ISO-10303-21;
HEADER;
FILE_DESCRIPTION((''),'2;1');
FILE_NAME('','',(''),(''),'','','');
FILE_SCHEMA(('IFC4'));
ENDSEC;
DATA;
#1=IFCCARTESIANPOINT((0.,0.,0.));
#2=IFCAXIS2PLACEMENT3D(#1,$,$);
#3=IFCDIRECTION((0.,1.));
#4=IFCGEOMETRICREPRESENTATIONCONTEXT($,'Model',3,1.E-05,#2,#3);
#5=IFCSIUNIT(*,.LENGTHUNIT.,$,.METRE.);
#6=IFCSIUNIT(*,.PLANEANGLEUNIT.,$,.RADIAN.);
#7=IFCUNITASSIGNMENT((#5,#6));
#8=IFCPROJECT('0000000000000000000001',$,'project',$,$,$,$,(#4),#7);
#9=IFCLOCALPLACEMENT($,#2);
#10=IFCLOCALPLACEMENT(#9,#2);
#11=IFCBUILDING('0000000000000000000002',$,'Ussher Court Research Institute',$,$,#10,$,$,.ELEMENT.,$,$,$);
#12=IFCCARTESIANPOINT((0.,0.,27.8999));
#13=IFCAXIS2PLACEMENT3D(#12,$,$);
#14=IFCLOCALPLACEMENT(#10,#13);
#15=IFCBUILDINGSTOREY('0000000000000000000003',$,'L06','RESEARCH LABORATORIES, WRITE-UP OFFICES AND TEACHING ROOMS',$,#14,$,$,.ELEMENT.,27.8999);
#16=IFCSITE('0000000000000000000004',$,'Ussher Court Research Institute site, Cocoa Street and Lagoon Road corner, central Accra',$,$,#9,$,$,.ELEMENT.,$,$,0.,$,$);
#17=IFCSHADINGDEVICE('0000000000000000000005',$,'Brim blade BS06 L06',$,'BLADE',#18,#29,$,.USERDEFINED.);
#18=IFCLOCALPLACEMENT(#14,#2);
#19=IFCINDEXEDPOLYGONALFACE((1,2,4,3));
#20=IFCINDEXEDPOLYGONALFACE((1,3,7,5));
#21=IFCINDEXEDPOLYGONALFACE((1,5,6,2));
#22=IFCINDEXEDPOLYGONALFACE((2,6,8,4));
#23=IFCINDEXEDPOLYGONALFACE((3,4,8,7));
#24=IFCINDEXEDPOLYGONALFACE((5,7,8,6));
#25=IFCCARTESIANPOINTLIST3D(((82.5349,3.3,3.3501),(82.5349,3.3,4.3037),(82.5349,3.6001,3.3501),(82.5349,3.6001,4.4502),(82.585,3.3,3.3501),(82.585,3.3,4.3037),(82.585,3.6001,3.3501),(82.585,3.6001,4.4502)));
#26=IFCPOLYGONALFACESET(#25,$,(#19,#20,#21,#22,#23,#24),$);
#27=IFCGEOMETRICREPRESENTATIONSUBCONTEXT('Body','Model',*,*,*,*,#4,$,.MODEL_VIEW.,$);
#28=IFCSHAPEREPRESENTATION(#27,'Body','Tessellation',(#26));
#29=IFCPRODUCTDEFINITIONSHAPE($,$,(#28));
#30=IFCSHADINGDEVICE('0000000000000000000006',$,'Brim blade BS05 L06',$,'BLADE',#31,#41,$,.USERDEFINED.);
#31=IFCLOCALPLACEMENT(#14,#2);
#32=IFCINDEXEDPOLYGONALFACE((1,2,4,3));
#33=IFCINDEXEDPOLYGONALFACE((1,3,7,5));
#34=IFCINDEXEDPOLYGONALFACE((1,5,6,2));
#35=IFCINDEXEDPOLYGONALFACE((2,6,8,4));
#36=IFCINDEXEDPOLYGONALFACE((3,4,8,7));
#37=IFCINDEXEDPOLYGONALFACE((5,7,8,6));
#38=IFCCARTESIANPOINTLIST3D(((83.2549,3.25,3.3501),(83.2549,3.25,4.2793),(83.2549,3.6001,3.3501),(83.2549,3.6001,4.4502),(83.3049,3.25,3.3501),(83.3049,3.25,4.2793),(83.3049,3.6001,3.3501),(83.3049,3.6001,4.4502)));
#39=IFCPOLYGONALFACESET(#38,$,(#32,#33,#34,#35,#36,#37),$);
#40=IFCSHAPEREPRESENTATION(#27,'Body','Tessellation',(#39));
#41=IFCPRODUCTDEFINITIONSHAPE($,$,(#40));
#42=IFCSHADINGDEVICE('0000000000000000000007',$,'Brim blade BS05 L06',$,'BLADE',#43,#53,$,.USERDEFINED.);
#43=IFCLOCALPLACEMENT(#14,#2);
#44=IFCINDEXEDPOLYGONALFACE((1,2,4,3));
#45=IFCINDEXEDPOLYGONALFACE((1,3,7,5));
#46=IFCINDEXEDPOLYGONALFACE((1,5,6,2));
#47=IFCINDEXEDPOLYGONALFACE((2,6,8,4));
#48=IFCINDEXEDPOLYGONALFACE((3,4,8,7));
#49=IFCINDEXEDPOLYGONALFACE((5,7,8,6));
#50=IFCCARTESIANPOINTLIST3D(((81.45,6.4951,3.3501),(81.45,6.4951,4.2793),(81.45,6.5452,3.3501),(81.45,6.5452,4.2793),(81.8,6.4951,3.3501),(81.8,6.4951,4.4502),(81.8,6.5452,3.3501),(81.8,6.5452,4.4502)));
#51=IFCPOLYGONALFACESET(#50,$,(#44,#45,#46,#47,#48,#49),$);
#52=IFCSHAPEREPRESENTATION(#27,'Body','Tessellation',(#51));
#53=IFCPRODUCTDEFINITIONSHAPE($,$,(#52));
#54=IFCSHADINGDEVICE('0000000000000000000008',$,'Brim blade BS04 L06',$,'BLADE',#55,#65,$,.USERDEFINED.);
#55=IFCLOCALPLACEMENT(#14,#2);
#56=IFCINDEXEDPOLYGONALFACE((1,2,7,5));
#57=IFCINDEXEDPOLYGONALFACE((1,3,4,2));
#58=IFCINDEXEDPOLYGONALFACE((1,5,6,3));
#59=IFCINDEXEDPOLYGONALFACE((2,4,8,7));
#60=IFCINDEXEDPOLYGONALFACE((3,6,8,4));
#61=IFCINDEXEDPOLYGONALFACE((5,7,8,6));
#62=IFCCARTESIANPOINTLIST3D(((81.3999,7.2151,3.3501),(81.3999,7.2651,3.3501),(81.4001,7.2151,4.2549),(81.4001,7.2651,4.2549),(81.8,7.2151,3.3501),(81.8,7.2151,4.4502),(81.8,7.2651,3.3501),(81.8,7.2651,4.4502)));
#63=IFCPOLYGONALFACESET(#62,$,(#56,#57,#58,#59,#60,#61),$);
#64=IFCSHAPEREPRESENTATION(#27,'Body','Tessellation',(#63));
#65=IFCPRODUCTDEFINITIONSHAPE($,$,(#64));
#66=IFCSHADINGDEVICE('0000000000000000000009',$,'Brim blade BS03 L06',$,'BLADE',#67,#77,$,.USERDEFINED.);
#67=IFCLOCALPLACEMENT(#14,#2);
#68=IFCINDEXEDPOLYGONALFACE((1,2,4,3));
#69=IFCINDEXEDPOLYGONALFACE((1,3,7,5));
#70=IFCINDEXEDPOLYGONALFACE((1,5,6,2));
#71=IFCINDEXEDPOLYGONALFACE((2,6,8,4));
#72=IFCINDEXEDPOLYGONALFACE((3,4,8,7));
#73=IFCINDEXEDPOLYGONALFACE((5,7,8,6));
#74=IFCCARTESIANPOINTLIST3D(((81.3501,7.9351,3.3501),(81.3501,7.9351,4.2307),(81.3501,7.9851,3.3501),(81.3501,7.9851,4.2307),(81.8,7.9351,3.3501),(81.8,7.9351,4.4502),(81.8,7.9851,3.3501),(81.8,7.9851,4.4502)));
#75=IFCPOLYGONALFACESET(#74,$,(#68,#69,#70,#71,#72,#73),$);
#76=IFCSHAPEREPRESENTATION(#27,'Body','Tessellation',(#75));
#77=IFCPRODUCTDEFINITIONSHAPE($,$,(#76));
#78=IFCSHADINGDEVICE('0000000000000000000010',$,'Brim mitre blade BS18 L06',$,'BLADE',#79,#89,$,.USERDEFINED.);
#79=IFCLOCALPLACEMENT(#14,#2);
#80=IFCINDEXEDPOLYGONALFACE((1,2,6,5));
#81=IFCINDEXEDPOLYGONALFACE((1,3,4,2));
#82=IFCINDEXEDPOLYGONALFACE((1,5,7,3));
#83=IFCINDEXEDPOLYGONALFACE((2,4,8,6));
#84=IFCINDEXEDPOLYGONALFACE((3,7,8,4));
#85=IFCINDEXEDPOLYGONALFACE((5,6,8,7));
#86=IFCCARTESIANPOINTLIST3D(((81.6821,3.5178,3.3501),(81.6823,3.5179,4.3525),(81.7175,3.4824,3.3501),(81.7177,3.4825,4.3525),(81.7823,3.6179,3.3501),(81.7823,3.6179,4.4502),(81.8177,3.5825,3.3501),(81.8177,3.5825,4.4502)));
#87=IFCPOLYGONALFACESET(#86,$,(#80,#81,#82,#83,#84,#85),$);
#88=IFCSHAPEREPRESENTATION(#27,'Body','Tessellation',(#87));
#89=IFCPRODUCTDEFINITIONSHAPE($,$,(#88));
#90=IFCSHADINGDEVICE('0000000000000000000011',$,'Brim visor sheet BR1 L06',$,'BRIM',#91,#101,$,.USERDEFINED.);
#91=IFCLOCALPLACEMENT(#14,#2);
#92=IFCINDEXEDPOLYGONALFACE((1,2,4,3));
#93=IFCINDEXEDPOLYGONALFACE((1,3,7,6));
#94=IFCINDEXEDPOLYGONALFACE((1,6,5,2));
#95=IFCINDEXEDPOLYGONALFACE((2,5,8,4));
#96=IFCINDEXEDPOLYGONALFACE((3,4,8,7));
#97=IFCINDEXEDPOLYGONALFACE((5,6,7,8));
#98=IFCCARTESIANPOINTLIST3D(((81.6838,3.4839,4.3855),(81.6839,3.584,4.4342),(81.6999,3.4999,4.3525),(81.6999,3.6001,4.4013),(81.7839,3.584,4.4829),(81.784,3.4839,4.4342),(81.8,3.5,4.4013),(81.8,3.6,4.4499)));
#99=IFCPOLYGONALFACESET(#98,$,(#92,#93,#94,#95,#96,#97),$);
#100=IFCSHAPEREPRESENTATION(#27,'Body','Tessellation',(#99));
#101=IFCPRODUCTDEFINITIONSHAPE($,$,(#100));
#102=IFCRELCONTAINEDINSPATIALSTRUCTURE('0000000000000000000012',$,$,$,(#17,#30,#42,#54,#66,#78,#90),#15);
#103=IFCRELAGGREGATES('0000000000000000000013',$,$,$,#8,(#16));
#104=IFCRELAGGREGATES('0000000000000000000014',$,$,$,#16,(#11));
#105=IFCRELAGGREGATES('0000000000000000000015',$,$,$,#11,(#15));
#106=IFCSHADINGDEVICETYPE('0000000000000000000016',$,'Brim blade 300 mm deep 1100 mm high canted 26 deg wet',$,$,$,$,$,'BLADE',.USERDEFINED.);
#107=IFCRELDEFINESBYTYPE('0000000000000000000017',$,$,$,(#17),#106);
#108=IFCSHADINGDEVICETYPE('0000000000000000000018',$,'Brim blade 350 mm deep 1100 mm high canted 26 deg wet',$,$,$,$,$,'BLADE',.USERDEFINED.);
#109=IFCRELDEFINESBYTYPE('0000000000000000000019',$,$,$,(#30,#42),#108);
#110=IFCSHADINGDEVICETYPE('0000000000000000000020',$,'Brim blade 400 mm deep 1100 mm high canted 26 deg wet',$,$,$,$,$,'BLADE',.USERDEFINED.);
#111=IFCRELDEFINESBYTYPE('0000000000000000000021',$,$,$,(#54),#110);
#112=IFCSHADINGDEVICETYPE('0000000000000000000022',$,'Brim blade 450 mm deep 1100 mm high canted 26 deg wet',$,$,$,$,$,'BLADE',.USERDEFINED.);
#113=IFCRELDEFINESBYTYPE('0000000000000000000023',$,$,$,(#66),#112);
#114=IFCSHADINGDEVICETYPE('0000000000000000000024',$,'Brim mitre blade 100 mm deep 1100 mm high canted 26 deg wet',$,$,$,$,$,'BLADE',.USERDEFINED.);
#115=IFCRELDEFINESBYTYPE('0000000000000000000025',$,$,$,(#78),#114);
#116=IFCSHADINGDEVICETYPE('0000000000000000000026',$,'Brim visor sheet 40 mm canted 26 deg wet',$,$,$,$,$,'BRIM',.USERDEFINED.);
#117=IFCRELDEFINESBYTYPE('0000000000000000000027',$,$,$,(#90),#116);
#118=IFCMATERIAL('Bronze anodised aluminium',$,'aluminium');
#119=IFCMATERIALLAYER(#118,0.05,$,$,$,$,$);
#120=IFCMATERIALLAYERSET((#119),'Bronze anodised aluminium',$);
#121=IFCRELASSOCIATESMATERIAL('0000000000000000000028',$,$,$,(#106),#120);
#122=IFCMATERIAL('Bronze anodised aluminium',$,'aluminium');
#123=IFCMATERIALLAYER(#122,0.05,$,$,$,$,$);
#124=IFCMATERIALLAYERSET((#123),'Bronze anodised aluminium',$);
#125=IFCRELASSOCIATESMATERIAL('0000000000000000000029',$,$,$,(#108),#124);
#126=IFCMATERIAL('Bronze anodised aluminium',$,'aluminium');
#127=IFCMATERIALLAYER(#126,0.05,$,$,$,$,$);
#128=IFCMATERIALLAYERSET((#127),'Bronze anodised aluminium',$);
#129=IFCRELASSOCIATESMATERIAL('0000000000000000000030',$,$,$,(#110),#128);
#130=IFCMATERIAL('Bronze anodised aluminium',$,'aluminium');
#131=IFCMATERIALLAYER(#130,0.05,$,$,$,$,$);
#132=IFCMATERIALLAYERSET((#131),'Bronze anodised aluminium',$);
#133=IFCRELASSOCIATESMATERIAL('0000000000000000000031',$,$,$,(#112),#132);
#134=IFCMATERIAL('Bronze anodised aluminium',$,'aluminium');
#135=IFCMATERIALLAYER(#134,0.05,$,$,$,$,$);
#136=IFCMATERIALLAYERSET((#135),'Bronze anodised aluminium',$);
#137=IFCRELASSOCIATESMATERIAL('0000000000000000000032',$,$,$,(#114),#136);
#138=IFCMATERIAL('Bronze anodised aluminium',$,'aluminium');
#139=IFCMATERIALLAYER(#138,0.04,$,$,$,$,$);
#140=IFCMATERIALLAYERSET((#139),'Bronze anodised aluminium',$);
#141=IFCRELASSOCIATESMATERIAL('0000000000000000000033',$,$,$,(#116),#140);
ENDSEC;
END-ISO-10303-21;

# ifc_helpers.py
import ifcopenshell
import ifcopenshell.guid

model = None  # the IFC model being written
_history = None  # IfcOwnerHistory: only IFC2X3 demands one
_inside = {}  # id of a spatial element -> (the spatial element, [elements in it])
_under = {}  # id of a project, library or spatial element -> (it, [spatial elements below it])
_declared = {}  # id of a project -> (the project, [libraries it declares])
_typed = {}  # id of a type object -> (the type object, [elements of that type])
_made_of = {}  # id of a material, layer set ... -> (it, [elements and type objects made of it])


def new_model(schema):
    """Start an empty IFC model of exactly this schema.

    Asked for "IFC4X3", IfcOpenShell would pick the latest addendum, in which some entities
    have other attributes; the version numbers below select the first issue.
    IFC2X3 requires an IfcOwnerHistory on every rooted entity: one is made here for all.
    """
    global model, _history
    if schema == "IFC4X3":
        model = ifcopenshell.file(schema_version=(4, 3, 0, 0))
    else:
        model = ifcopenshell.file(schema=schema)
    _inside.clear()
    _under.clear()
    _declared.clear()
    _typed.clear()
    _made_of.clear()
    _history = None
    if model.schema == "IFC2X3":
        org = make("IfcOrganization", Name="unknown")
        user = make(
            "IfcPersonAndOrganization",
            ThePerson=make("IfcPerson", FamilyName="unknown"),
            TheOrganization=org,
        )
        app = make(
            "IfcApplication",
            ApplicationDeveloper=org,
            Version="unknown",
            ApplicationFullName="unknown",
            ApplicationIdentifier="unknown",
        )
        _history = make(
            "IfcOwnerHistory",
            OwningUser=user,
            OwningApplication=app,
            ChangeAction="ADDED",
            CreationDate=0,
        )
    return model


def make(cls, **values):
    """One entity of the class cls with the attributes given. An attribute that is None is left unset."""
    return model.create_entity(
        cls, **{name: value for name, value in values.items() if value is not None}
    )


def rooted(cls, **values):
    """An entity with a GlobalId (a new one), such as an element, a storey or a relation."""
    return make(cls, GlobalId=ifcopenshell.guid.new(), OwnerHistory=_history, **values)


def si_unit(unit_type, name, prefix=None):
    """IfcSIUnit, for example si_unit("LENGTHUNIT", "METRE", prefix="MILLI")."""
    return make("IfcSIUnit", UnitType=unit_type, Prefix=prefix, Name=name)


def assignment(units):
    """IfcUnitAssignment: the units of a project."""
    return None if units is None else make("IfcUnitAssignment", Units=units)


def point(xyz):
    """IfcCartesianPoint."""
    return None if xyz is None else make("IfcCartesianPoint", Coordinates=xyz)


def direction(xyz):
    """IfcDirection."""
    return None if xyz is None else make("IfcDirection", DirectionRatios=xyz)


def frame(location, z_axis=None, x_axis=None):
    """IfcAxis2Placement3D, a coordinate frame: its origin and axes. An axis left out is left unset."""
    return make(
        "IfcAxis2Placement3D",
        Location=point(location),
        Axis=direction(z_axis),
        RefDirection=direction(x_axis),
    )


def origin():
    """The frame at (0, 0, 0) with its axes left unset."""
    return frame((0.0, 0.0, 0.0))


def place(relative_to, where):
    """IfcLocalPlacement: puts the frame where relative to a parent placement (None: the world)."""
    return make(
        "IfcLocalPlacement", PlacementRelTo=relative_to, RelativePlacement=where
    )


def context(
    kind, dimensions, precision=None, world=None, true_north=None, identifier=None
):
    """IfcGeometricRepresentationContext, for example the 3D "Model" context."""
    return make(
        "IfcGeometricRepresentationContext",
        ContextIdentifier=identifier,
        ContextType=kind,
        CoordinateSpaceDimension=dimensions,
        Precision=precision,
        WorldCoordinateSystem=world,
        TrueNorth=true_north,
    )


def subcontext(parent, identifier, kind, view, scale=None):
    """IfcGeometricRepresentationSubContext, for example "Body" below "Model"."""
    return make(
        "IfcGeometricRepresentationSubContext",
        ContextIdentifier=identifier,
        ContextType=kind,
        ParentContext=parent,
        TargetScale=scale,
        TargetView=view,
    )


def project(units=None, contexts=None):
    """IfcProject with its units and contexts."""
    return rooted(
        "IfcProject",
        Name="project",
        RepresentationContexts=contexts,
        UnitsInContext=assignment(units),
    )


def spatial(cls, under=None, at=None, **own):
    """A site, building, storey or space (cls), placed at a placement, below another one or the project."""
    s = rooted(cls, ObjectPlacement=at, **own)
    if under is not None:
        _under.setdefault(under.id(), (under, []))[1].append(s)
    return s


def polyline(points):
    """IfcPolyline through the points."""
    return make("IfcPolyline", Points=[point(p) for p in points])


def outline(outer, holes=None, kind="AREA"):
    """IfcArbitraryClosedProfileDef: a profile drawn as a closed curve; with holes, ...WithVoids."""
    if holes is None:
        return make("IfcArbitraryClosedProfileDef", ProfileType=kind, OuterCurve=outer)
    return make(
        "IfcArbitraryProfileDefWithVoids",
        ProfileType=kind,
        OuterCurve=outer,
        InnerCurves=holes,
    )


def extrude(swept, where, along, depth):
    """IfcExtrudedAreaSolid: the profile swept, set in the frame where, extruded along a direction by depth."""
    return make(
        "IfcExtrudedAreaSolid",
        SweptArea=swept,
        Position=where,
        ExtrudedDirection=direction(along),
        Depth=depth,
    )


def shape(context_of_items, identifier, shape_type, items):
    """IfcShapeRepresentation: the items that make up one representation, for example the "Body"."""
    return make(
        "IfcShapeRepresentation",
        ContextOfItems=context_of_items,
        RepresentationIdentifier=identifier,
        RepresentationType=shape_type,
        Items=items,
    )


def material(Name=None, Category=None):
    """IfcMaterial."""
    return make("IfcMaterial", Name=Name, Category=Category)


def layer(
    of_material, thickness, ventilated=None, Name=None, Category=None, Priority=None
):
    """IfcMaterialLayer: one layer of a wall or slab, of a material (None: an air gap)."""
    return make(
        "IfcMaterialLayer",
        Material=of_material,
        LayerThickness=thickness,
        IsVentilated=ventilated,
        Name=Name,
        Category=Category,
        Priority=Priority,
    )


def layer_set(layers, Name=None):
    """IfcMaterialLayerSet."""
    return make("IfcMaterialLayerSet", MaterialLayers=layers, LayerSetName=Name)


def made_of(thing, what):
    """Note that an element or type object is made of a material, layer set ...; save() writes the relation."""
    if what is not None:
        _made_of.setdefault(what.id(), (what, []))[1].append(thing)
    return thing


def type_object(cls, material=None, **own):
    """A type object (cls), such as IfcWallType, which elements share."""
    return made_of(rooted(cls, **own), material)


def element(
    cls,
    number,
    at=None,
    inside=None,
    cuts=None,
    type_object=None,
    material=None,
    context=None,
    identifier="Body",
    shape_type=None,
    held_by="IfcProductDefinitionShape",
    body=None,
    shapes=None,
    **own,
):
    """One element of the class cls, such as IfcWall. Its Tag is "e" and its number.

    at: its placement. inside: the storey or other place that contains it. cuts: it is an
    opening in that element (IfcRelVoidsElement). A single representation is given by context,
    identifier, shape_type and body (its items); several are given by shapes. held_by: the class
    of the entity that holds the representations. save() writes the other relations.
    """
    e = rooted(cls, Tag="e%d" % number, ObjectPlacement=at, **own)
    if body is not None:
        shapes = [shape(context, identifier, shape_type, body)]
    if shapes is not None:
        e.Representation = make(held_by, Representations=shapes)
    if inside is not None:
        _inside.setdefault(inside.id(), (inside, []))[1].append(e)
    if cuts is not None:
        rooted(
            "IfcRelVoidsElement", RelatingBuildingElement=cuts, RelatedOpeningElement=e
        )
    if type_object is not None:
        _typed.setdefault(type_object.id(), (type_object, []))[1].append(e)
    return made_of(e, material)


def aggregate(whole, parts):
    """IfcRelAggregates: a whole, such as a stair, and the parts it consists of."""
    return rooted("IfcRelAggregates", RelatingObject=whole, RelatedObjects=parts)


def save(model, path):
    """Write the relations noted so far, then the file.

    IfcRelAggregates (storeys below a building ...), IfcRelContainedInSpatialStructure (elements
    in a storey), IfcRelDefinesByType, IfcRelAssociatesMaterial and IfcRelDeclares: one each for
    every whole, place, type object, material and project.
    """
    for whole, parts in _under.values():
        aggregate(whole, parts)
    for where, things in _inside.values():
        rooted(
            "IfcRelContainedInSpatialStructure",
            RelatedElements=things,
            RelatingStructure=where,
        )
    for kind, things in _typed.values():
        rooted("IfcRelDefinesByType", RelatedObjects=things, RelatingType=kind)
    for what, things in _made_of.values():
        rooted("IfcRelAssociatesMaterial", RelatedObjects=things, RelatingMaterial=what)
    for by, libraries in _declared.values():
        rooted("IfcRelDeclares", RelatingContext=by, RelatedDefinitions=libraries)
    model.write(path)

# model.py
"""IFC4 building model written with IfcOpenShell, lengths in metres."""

from ifc_helpers import new_model, si_unit, direction, frame, origin, place, context, subcontext, project, spatial, polyline, outline, extrude, material, layer, layer_set, type_object, element, save


model = new_model("IFC4")

# Units and contexts
model_context = context("Model", 3, precision=1e-05, world=origin(), true_north=direction((0.0, 1.0)))
body_context = subcontext(model_context, "Body", "Model", "MODEL_VIEW")
ifc_project = project(units=[si_unit("LENGTHUNIT", "METRE"), si_unit("PLANEANGLEUNIT", "RADIAN")], contexts=[model_context])

# Site, building, storey
site_placement = place(None, origin())
site = spatial("IfcSite", under=ifc_project, at=site_placement, Name="Ussher Court Research Institute site, Cocoa Street and Lagoon Road corner, central Accra", CompositionType="ELEMENT", RefElevation=0.0)
building_placement = place(site_placement, origin())
building = spatial("IfcBuilding", under=site, at=building_placement, Name="Ussher Court Research Institute", CompositionType="ELEMENT")
storey_placement = place(building_placement, frame((0.0, 0.0, 27.8999)))
storey = spatial("IfcBuildingStorey", under=building, at=storey_placement, Name="L06", Description="RESEARCH LABORATORIES, WRITE-UP OFFICES AND TEACHING ROOMS", CompositionType="ELEMENT", Elevation=27.8999)

# Shading devices
ifc_material_1 = material(Name="Bronze anodised aluminium", Category="aluminium")
ifc_layer_1 = layer(ifc_material_1, 0.05)
ifc_layer_set_1 = layer_set([ifc_layer_1], Name="Bronze anodised aluminium")
shading_device_type_1 = type_object("IfcShadingDeviceType", Name="Brim blade 300 mm deep 1100 mm high canted 26 deg wet", ElementType="BLADE", PredefinedType="USERDEFINED", material=ifc_layer_set_1)
shading_device_1_placement = place(storey_placement, frame((82.5601, 3.6001, 3.3501), z_axis=(0.0, 0.0, 1.0), x_axis=(0.0, -1.0, 0.0)))
element("IfcShadingDevice", 1, at=shading_device_1_placement, inside=storey, type_object=shading_device_type_1, Name="Brim blade BS06 L06", ObjectType="BLADE", PredefinedType="USERDEFINED", context=body_context, shape_type="SweptSolid", body=[
    extrude(outline(polyline([(0.0, 0.0), (0.3, 0.0), (0.3, 0.9536), (0.0, 1.1001), (0.0, 0.0)])), frame((0.0, 0.0249, 0.0), z_axis=(0.0, -1.0, 0.0), x_axis=(1.0, 0.0, 0.0)), (0.0, 0.0, 1.0), 0.05),
])
ifc_material_2 = material(Name="Bronze anodised aluminium", Category="aluminium")
ifc_layer_2 = layer(ifc_material_2, 0.05)
ifc_layer_set_2 = layer_set([ifc_layer_2], Name="Bronze anodised aluminium")
shading_device_type_2 = type_object("IfcShadingDeviceType", Name="Brim blade 350 mm deep 1100 mm high canted 26 deg wet", ElementType="BLADE", PredefinedType="USERDEFINED", material=ifc_layer_set_2)
for number, where, z_axis, x_axis, name in (
    (2, (83.28, 3.6001, 3.3501), (0.0, 0.0, 1.0), (0.0, -1.0, 0.0), "Brim blade BS05 L06"),
    (3, (81.8, 6.52, 3.3501), (0.0, 0.0, 1.0), (-1.0, 0.0, 0.0), "Brim blade BS05 L06"),
):
    element("IfcShadingDevice", number, at=place(storey_placement, frame(where, z_axis=z_axis, x_axis=x_axis)), inside=storey, type_object=shading_device_type_2, Name=name, ObjectType="BLADE", PredefinedType="USERDEFINED", context=body_context, shape_type="SweptSolid", body=[
        extrude(outline(polyline([(0.0, 0.0), (0.3501, 0.0), (0.3501, 0.9292), (0.0, 1.1001), (0.0, 0.0)])), frame((0.0, 0.0249, 0.0), z_axis=(0.0, -1.0, 0.0), x_axis=(1.0, 0.0, 0.0)), (0.0, 0.0, 1.0), 0.05),
    ])
ifc_material_3 = material(Name="Bronze anodised aluminium", Category="aluminium")
ifc_layer_3 = layer(ifc_material_3, 0.05)
ifc_layer_set_3 = layer_set([ifc_layer_3], Name="Bronze anodised aluminium")
shading_device_type_3 = type_object("IfcShadingDeviceType", Name="Brim blade 400 mm deep 1100 mm high canted 26 deg wet", ElementType="BLADE", PredefinedType="USERDEFINED", material=ifc_layer_set_3)
shading_device_2_placement = place(storey_placement, frame((81.8, 7.24, 3.3501), z_axis=(0.0, 0.0, 1.0), x_axis=(-1.0, 0.0, 0.0)))
element("IfcShadingDevice", 4, at=shading_device_2_placement, inside=storey, type_object=shading_device_type_3, Name="Brim blade BS04 L06", ObjectType="BLADE", PredefinedType="USERDEFINED", context=body_context, shape_type="SweptSolid", body=[
    extrude(outline(polyline([(0.0, 0.0), (0.4001, 0.0), (0.3999, 0.9048), (0.0, 1.1001), (0.0, 0.0)])), frame((0.0, 0.0249, 0.0), z_axis=(0.0, -1.0, 0.0), x_axis=(1.0, 0.0, 0.0)), (0.0, 0.0, 1.0), 0.05),
])
ifc_material_4 = material(Name="Bronze anodised aluminium", Category="aluminium")
ifc_layer_4 = layer(ifc_material_4, 0.05)
ifc_layer_set_4 = layer_set([ifc_layer_4], Name="Bronze anodised aluminium")
shading_device_type_4 = type_object("IfcShadingDeviceType", Name="Brim blade 450 mm deep 1100 mm high canted 26 deg wet", ElementType="BLADE", PredefinedType="USERDEFINED", material=ifc_layer_set_4)
shading_device_3_placement = place(storey_placement, frame((81.8, 7.96, 3.3501), z_axis=(0.0, 0.0, 1.0), x_axis=(-1.0, 0.0, 0.0)))
element("IfcShadingDevice", 5, at=shading_device_3_placement, inside=storey, type_object=shading_device_type_4, Name="Brim blade BS03 L06", ObjectType="BLADE", PredefinedType="USERDEFINED", context=body_context, shape_type="SweptSolid", body=[
    extrude(outline(polyline([(0.0, 0.0), (0.45, 0.0), (0.45, 0.8806), (0.0, 1.1001), (0.0, 0.0)])), frame((0.0, 0.0249, 0.0), z_axis=(0.0, -1.0, 0.0), x_axis=(1.0, 0.0, 0.0)), (0.0, 0.0, 1.0), 0.05),
])
ifc_material_5 = material(Name="Bronze anodised aluminium", Category="aluminium")
ifc_layer_5 = layer(ifc_material_5, 0.05)
ifc_layer_set_5 = layer_set([ifc_layer_5], Name="Bronze anodised aluminium")
shading_device_type_5 = type_object("IfcShadingDeviceType", Name="Brim mitre blade 100 mm deep 1100 mm high canted 26 deg wet", ElementType="BLADE", PredefinedType="USERDEFINED", material=ifc_layer_set_5)
shading_device_4_placement = place(storey_placement, frame((81.8, 3.6001, 3.3501), z_axis=(0.0, 0.0, 1.0), x_axis=(-0.707107, -0.707107, 0.0)))
element("IfcShadingDevice", 6, at=shading_device_4_placement, inside=storey, type_object=shading_device_type_5, Name="Brim mitre blade BS18 L06", ObjectType="BLADE", PredefinedType="USERDEFINED", context=body_context, shape_type="SweptSolid", body=[
    extrude(outline(polyline([(0.0, 0.0), (0.1416, 0.0), (0.1414, 1.0024), (0.0, 1.1001), (0.0, 0.0)])), frame((0.0, 0.0249, 0.0), z_axis=(0.0, -1.0, 0.0), x_axis=(1.0, 0.0, 0.0)), (0.0, 0.0, 1.0), 0.05),
])
ifc_material_6 = material(Name="Bronze anodised aluminium", Category="aluminium")
ifc_layer_6 = layer(ifc_material_6, 0.04)
ifc_layer_set_6 = layer_set([ifc_layer_6], Name="Bronze anodised aluminium")
shading_device_type_6 = type_object("IfcShadingDeviceType", Name="Brim visor sheet 40 mm canted 26 deg wet", ElementType="BRIM", PredefinedType="USERDEFINED", material=ifc_layer_set_6)
shading_device_5_placement = place(storey_placement, frame((81.7839, 3.584, 4.4829), z_axis=(-0.400848, -0.400848, 0.823797), x_axis=(-0.899269, 0.000362, -0.437395)))
element("IfcShadingDevice", 7, at=shading_device_5_placement, inside=storey, type_object=shading_device_type_6, Name="Brim visor sheet BR1 L06", ObjectType="BRIM", PredefinedType="USERDEFINED", context=body_context, shape_type="SweptSolid", body=[
    extrude(outline(polyline([(0.0, 0.0), (0.1113, 0.0), (0.1326, 0.1093), (0.0212, 0.1092), (0.0, 0.0)])), origin(), (0.0, 0.0, -1.0), 0.04),
])

save(model, "model.ifc")
